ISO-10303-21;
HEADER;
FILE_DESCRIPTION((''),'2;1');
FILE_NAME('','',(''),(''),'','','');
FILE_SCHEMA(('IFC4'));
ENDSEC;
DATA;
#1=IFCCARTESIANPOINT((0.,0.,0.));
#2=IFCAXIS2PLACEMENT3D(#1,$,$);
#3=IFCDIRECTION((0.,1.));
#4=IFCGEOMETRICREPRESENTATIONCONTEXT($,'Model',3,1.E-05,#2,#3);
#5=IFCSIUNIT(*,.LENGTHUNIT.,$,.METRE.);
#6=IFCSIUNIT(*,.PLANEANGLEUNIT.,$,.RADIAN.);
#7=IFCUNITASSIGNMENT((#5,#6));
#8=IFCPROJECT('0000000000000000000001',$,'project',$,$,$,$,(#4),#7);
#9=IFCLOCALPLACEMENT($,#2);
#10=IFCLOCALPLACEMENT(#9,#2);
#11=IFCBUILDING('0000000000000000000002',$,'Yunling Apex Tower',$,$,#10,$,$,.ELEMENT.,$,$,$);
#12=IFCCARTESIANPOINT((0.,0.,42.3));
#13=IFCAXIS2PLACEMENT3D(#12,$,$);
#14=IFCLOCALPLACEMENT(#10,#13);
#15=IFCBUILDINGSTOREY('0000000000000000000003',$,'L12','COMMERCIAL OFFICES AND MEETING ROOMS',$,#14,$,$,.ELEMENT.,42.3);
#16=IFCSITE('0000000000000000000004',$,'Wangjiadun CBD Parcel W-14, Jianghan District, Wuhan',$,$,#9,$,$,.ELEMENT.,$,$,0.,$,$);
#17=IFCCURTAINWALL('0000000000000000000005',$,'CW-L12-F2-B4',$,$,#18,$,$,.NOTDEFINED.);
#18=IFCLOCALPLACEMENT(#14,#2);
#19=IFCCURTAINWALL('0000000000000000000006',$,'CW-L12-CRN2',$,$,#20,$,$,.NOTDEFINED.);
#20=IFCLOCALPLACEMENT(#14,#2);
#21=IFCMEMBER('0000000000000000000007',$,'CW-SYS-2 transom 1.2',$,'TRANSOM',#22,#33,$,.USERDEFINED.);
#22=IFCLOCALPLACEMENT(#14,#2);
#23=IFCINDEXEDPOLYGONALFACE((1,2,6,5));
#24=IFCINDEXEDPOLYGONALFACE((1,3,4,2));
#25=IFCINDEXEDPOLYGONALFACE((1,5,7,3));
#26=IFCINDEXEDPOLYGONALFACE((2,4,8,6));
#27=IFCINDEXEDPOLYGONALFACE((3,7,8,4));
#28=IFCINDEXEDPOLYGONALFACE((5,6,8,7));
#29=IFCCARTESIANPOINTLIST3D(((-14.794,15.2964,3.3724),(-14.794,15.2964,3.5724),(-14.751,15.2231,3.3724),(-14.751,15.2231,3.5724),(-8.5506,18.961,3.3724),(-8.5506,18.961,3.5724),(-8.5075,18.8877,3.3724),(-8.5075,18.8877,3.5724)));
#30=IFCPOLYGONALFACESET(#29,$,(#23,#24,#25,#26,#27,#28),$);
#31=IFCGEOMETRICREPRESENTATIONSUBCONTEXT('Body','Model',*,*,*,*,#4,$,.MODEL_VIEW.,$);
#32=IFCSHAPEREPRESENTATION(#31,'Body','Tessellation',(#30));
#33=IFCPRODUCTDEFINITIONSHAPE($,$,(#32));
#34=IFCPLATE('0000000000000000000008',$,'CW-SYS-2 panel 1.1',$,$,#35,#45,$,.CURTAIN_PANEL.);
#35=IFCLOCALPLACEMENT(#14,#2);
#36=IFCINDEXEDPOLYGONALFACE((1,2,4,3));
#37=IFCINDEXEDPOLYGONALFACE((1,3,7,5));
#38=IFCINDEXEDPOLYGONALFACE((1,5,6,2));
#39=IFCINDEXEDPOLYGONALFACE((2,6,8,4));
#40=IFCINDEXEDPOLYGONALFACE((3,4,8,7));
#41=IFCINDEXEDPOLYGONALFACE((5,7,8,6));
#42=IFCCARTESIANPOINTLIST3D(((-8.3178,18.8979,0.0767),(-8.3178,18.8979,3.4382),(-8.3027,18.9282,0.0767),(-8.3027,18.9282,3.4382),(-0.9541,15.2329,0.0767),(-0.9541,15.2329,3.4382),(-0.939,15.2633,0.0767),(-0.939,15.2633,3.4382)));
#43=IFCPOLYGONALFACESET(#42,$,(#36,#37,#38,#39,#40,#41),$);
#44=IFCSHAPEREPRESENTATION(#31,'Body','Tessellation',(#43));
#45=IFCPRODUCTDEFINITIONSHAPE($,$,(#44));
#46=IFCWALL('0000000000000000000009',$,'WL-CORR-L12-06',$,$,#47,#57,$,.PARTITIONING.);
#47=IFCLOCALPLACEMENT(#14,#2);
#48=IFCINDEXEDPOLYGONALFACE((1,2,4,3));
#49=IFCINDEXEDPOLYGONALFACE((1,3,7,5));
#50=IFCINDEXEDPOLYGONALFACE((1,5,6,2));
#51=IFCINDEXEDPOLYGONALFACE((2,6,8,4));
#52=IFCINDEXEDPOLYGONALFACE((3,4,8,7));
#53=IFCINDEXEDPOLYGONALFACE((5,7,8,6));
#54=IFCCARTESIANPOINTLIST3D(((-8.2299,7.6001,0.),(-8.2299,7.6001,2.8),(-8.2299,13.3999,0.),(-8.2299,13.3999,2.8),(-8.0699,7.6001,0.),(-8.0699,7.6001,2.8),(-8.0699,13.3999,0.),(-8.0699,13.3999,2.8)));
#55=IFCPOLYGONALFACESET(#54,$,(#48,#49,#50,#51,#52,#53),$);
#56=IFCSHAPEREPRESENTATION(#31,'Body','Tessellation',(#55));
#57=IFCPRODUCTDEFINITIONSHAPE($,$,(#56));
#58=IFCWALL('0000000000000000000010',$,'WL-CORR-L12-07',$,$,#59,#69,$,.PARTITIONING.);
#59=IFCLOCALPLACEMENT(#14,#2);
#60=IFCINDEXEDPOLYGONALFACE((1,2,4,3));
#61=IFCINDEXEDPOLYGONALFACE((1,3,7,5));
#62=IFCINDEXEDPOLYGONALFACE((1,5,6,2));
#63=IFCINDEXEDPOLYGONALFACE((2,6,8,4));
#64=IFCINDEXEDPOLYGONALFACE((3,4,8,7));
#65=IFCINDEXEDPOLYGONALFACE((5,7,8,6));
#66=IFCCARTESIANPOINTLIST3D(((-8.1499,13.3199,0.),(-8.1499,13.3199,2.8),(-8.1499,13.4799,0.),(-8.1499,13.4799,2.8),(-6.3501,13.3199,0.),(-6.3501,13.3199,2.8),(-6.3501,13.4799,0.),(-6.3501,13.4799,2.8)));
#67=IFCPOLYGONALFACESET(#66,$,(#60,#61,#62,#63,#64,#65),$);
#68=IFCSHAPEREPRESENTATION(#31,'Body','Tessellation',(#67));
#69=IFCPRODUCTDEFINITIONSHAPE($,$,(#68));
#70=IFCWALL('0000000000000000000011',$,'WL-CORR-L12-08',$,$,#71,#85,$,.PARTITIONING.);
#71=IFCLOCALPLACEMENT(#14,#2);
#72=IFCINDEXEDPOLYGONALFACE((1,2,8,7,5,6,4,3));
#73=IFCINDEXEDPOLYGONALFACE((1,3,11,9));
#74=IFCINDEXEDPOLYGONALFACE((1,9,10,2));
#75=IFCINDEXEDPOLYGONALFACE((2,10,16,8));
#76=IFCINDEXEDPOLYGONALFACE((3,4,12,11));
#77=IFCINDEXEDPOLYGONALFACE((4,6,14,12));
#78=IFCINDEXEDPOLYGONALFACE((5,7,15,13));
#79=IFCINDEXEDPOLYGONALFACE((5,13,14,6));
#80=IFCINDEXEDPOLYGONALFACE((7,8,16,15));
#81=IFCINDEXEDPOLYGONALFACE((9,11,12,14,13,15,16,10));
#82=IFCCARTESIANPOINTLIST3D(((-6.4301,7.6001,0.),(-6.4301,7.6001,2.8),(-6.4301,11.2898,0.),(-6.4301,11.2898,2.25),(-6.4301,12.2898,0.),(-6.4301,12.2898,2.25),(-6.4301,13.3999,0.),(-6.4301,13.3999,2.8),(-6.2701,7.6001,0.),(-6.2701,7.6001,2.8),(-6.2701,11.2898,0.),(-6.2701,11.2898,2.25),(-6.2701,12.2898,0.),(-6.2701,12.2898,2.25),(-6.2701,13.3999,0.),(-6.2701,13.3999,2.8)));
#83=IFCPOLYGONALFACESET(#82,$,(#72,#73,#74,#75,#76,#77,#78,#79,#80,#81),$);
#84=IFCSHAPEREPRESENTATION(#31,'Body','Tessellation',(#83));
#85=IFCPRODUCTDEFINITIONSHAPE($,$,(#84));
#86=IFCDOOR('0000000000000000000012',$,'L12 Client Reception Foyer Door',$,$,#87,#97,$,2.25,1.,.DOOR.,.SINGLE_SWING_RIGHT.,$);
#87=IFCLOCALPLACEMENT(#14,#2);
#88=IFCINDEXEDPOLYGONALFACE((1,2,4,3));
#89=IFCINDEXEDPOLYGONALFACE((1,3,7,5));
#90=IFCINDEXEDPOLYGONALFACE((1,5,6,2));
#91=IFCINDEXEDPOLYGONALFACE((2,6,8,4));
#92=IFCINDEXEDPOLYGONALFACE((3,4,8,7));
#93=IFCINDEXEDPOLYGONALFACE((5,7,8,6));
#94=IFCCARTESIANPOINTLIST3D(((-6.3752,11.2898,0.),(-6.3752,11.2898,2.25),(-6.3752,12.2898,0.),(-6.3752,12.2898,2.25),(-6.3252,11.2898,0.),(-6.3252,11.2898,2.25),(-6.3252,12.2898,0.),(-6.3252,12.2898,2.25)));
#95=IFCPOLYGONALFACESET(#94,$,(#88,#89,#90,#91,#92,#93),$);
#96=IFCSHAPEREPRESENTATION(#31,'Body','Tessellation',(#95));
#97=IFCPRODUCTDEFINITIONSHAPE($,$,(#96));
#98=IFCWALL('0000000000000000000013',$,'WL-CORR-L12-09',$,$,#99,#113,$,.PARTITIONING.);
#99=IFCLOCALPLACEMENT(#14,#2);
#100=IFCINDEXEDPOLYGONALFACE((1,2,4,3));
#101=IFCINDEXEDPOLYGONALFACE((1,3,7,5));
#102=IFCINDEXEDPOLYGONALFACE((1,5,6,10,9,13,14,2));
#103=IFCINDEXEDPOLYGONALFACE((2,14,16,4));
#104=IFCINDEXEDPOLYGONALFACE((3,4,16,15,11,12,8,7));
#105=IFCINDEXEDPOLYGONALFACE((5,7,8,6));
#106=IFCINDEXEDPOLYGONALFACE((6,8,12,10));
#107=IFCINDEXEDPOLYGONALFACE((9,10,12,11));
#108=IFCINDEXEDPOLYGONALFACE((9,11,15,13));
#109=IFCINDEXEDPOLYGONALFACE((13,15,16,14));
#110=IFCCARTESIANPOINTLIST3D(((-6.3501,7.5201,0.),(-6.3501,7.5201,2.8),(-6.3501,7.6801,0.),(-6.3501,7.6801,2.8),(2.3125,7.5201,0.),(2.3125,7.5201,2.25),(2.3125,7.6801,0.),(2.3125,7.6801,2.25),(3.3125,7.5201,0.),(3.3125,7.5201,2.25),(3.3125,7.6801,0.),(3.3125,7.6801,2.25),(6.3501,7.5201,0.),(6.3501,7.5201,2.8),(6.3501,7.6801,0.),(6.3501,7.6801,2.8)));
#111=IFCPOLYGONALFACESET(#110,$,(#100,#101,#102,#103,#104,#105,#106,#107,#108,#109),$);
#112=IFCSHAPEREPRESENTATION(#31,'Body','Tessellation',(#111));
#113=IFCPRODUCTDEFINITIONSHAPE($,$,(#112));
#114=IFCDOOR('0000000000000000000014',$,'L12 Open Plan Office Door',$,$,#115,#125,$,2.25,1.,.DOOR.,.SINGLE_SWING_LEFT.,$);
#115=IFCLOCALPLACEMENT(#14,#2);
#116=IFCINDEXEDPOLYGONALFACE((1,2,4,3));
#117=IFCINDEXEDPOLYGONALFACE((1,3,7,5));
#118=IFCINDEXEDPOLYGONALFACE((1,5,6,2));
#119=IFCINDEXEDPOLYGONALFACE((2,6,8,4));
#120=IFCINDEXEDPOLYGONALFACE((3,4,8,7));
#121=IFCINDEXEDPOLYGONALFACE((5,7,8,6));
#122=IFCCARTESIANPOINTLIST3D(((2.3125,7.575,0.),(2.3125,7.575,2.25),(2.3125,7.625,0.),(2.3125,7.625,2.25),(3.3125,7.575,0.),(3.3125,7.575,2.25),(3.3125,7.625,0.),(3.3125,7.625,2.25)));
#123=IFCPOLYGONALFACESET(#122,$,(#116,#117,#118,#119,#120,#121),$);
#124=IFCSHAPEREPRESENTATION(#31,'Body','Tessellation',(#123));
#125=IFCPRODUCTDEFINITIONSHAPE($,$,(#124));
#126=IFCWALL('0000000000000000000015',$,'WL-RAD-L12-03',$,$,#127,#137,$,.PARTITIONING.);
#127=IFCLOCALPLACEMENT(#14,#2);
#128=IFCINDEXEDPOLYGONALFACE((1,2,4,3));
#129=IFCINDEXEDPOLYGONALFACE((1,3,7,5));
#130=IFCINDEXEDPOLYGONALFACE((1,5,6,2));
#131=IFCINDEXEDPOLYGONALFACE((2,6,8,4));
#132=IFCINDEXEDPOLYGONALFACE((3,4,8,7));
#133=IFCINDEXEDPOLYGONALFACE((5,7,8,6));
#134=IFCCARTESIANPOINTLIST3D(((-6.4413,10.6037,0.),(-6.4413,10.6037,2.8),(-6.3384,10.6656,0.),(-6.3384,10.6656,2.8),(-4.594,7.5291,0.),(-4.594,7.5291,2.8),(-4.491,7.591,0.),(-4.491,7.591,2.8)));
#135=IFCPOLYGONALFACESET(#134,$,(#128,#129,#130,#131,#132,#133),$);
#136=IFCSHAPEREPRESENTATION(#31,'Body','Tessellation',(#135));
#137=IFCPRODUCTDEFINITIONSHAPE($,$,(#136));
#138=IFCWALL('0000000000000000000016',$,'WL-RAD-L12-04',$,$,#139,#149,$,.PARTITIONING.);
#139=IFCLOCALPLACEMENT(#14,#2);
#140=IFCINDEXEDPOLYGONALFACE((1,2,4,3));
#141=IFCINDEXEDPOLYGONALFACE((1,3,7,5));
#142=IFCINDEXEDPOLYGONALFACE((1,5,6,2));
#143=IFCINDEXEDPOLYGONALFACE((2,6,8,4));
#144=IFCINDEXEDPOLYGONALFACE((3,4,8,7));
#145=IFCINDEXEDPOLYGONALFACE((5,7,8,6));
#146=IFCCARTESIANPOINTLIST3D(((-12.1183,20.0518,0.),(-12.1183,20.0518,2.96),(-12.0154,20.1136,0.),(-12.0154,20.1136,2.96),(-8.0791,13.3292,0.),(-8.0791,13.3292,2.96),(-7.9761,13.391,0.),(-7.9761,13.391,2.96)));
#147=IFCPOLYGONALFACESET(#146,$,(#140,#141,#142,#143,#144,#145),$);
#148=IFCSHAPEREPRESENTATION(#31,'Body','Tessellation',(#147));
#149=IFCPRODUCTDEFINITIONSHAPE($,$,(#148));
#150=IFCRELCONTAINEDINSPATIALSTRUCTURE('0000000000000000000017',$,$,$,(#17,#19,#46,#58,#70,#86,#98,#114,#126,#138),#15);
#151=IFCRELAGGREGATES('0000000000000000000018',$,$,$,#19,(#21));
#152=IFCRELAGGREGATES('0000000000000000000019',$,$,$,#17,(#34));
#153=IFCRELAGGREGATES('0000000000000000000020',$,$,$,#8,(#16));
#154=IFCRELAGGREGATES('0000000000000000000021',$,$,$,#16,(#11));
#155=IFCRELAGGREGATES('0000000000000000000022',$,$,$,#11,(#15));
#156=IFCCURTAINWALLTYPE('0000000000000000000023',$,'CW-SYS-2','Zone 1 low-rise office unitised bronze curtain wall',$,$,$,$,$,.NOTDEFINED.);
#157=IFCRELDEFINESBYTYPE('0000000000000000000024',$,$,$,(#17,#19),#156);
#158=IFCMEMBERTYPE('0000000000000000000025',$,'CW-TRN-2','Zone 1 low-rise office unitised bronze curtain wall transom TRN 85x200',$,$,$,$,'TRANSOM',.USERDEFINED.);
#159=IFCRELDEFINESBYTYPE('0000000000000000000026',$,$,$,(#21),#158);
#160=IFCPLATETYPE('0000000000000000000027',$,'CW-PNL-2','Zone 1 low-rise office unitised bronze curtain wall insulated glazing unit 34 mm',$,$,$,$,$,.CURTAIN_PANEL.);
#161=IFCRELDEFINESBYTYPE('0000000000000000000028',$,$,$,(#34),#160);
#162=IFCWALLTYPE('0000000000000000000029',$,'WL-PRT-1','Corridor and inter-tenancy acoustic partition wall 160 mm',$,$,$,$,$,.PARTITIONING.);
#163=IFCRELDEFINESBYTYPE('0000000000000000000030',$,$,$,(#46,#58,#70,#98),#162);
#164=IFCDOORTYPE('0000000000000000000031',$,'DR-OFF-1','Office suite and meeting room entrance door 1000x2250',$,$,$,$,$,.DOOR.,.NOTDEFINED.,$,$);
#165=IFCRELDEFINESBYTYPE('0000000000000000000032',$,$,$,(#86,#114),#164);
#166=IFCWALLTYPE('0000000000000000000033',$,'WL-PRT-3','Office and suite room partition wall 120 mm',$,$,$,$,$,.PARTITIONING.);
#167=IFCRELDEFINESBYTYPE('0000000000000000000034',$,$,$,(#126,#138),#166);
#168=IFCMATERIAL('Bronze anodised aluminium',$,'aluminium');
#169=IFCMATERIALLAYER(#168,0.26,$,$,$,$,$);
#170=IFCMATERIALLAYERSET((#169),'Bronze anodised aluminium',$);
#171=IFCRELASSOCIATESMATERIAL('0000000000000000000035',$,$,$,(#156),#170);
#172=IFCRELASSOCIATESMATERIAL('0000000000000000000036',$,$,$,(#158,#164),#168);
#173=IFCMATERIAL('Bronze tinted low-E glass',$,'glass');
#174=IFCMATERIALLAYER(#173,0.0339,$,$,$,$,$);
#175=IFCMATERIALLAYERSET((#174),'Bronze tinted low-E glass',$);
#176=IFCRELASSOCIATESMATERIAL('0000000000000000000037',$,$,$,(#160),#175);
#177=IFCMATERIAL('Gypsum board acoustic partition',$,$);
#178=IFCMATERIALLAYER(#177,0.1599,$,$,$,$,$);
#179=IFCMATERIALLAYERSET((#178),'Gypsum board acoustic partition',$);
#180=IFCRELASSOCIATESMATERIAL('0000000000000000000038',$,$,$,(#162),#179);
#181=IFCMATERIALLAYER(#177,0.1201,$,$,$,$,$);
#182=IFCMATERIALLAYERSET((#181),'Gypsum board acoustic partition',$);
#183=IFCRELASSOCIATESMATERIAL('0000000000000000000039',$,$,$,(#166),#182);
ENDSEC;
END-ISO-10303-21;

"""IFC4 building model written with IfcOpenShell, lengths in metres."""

from ifc_helpers import new_model, si_unit, direction, frame, frame_2d, origin, origin_2d, place, context, subcontext, project, spatial, rectangle, extrude, source, transform, mapped, material, layer, layer_set, material_profile, profile_set, type_object, element, fill, aggregate, save


model = new_model("IFC4")

# Units and contexts
model_context = context("Model", 3, precision=1e-05, world=origin(), true_north=direction((0.0, 1.0)))
body_context = subcontext(model_context, "Body", "Model", "MODEL_VIEW")
ifc_project = project(units=[si_unit("LENGTHUNIT", "METRE"), si_unit("PLANEANGLEUNIT", "RADIAN")], contexts=[model_context])

# Site, building, storey
site_placement = place(None, origin())
site = spatial("IfcSite", under=ifc_project, at=site_placement, Name="Wangjiadun CBD Parcel W-14, Jianghan District, Wuhan", CompositionType="ELEMENT", RefElevation=0.0)
building_placement = place(site_placement, origin())
building = spatial("IfcBuilding", under=site, at=building_placement, Name="Yunling Apex Tower", CompositionType="ELEMENT")
storey_placement = place(building_placement, frame((0.0, 0.0, 42.3)))
storey = spatial("IfcBuildingStorey", under=building, at=storey_placement, Name="L12", Description="COMMERCIAL OFFICES AND MEETING ROOMS", CompositionType="ELEMENT", Elevation=42.3)

# Curtain wall
ifc_material_1 = material(Name="Bronze anodised aluminium", Category="aluminium")
ifc_layer_1 = layer(ifc_material_1, 0.26)
ifc_layer_set_1 = layer_set([ifc_layer_1], Name="Bronze anodised aluminium")
curtain_wall_type = type_object("IfcCurtainWallType", Name="CW-SYS-2", Description="Zone 1 low-rise office unitised bronze curtain wall", PredefinedType="NOTDEFINED", material=ifc_layer_set_1)
curtain_wall_1_placement = place(storey_placement, origin())
curtain_wall_1 = element("IfcCurtainWall", 1, at=curtain_wall_1_placement, inside=storey, type_object=curtain_wall_type, Name="CW-L12-F2-B4", PredefinedType="NOTDEFINED")

# Curtain wall, member
curtain_wall_2_placement = place(storey_placement, origin())
curtain_wall_2 = element("IfcCurtainWall", 2, at=curtain_wall_2_placement, inside=storey, type_object=curtain_wall_type, Name="CW-L12-CRN2", PredefinedType="NOTDEFINED")
ifc_material_profile_1 = material_profile(ifc_material_1, rectangle(XDim=0.085, YDim=0.2, at=origin_2d()))
ifc_profile_set_1 = profile_set([ifc_material_profile_1], Name="Bronze anodised aluminium")
member_type_1 = type_object("IfcMemberType", Name="CW-TRN-2", Description="Zone 1 low-rise office unitised bronze curtain wall transom TRN 85x200", ElementType="TRANSOM", PredefinedType="USERDEFINED", material=ifc_profile_set_1)
shared_shape_1 = source(origin(), body_context, "Body", "SweptSolid", [
    extrude(rectangle(XDim=0.085, YDim=0.2, at=origin_2d()), origin(), (0.0, 0.0, 1.0), 7.2395),
])
member_1_placement = place(storey_placement, frame((-8.5291, 18.9243, 3.4724), z_axis=(-0.862419, -0.506195, 0.0), x_axis=(0.506195, -0.862419, 0.0)))
member_1 = element("IfcMember", 3, at=member_1_placement, type_object=member_type_1, Name="CW-SYS-2 transom 1.2", ObjectType="TRANSOM", PredefinedType="USERDEFINED", context=body_context, shape_type="MappedRepresentation", body=[
    mapped(shared_shape_1, transform((0.0, 0.0, 0.0), scale=1.0)),
])
aggregate(curtain_wall_2, [member_1])

# Plate
ifc_material_2 = material(Name="Bronze tinted low-E glass", Category="glass")
ifc_layer_2 = layer(ifc_material_2, 0.0339)
ifc_layer_set_2 = layer_set([ifc_layer_2], Name="Bronze tinted low-E glass")
plate_type = type_object("IfcPlateType", Name="CW-PNL-2", Description="Zone 1 low-rise office unitised bronze curtain wall insulated glazing unit 34 mm", PredefinedType="CURTAIN_PANEL", material=ifc_layer_set_2)
shared_shape_2 = source(origin(), body_context, "Body", "SweptSolid", [
    extrude(rectangle(XDim=8.2253, YDim=0.0339, at=origin_2d()), origin(), (0.0, 0.0, 1.0), 3.3616),
])
plate_placement = place(storey_placement, frame((-4.6284, 17.0806, 0.0767), z_axis=(0.0, 0.0, 1.0), x_axis=(-0.895247, 0.445571, 0.0)))
plate = element("IfcPlate", 4, at=plate_placement, type_object=plate_type, Name="CW-SYS-2 panel 1.1", PredefinedType="CURTAIN_PANEL", context=body_context, shape_type="MappedRepresentation", body=[
    mapped(shared_shape_2, transform((0.0, 0.0, 0.0), scale=1.0)),
])
aggregate(curtain_wall_1, [plate])

# Walls
ifc_material_3 = material(Name="Gypsum board acoustic partition")
ifc_layer_3 = layer(ifc_material_3, 0.1599)
ifc_layer_set_3 = layer_set([ifc_layer_3], Name="Gypsum board acoustic partition")
wall_type_1 = type_object("IfcWallType", Name="WL-PRT-1", Description="Corridor and inter-tenancy acoustic partition wall 160 mm", PredefinedType="PARTITIONING", material=ifc_layer_set_3)
wall_1_placement = place(storey_placement, frame((-8.1499, 7.6001, 0.0), z_axis=(0.0, 0.0, 1.0), x_axis=(0.0, 1.0, 0.0)))
element("IfcWall", 5, at=wall_1_placement, inside=storey, type_object=wall_type_1, Name="WL-CORR-L12-06", PredefinedType="PARTITIONING", context=body_context, shape_type="SweptSolid", body=[
    extrude(rectangle(XDim=5.7998, YDim=0.1599, at=frame_2d((2.8999, 0.0))), origin(), (0.0, 0.0, 1.0), 2.8),
])
wall_2_placement = place(storey_placement, frame((-8.1499, 13.3999, 0.0), z_axis=(0.0, 0.0, 1.0), x_axis=(1.0, 0.0, 0.0)))
element("IfcWall", 6, at=wall_2_placement, inside=storey, type_object=wall_type_1, Name="WL-CORR-L12-07", PredefinedType="PARTITIONING", context=body_context, shape_type="SweptSolid", body=[
    extrude(rectangle(XDim=1.7998, YDim=0.1599, at=frame_2d((0.8999, 0.0))), origin(), (0.0, 0.0, 1.0), 2.8),
])

# Walls, openings, doors
wall_3_placement = place(storey_placement, frame((-6.3501, 13.3999, 0.0), z_axis=(0.0, 0.0, 1.0), x_axis=(0.0, -1.0, 0.0)))
wall_3 = element("IfcWall", 7, at=wall_3_placement, inside=storey, type_object=wall_type_1, Name="WL-CORR-L12-08", PredefinedType="PARTITIONING", context=body_context, shape_type="SweptSolid", body=[
    extrude(rectangle(XDim=5.7998, YDim=0.1599, at=frame_2d((2.8999, 0.0))), origin(), (0.0, 0.0, 1.0), 2.8),
])
opening_1_placement = place(wall_3_placement, frame((1.1101, 0.0, 0.0)))
opening_1 = element("IfcOpeningElement", 8, at=opening_1_placement, cuts=wall_3, PredefinedType="OPENING", context=body_context, shape_type="SweptSolid", body=[
    extrude(rectangle(XDim=1.0, YDim=2.25, at=frame_2d((0.5, 1.125))), frame((0.0, 0.0898, 0.0), z_axis=(0.0, -1.0, 0.0), x_axis=(1.0, 0.0, 0.0)), (0.0, 0.0, 1.0), 0.1799),
])
door_type = type_object("IfcDoorType", Name="DR-OFF-1", Description="Office suite and meeting room entrance door 1000x2250", OperationType="NOTDEFINED", PredefinedType="DOOR", material=ifc_material_1)
door_1_placement = place(opening_1_placement, origin())
door_1 = element("IfcDoor", 9, at=door_1_placement, inside=storey, type_object=door_type, Name="L12 Client Reception Foyer Door", OperationType="SINGLE_SWING_RIGHT", OverallHeight=2.25, OverallWidth=1.0, PredefinedType="DOOR", context=body_context, shape_type="SweptSolid", body=[
    extrude(rectangle(XDim=1.0, YDim=2.25, at=frame_2d((0.5, 1.125))), frame((0.0, 0.0249, 0.0), z_axis=(0.0, -1.0, 0.0), x_axis=(1.0, 0.0, 0.0)), (0.0, 0.0, 1.0), 0.05),
])
fill(opening_1, door_1)
wall_4_placement = place(storey_placement, frame((-6.3501, 7.6001, 0.0), z_axis=(0.0, 0.0, 1.0), x_axis=(1.0, 0.0, 0.0)))
wall_4 = element("IfcWall", 10, at=wall_4_placement, inside=storey, type_object=wall_type_1, Name="WL-CORR-L12-09", PredefinedType="PARTITIONING", context=body_context, shape_type="SweptSolid", body=[
    extrude(rectangle(XDim=12.7002, YDim=0.1599, at=frame_2d((6.3501, 0.0))), origin(), (0.0, 0.0, 1.0), 2.8),
])
opening_2_placement = place(wall_4_placement, frame((8.6626, 0.0, 0.0)))
opening_2 = element("IfcOpeningElement", 11, at=opening_2_placement, cuts=wall_4, PredefinedType="OPENING", context=body_context, shape_type="SweptSolid", body=[
    extrude(rectangle(XDim=1.0, YDim=2.25, at=frame_2d((0.5, 1.125))), frame((0.0, 0.0898, 0.0), z_axis=(0.0, -1.0, 0.0), x_axis=(1.0, 0.0, 0.0)), (0.0, 0.0, 1.0), 0.1799),
])
door_2_placement = place(opening_2_placement, origin())
door_2 = element("IfcDoor", 12, at=door_2_placement, inside=storey, type_object=door_type, Name="L12 Open Plan Office Door", OperationType="SINGLE_SWING_LEFT", OverallHeight=2.25, OverallWidth=1.0, PredefinedType="DOOR", context=body_context, shape_type="SweptSolid", body=[
    extrude(rectangle(XDim=1.0, YDim=2.25, at=frame_2d((0.5, 1.125))), frame((0.0, 0.0249, 0.0), z_axis=(0.0, -1.0, 0.0), x_axis=(1.0, 0.0, 0.0)), (0.0, 0.0, 1.0), 0.05),
])
fill(opening_2, door_2)

# Walls
ifc_layer_4 = layer(ifc_material_3, 0.1201)
ifc_layer_set_4 = layer_set([ifc_layer_4], Name="Gypsum board acoustic partition")
wall_type_2 = type_object("IfcWallType", Name="WL-PRT-3", Description="Office and suite room partition wall 120 mm", PredefinedType="PARTITIONING", material=ifc_layer_set_4)
wall_5_placement = place(storey_placement, frame((-4.5425, 7.5601, 0.0), z_axis=(0.0, 0.0, 1.0), x_axis=(-0.515026, 0.857174, 0.0)))
element("IfcWall", 13, at=wall_5_placement, inside=storey, type_object=wall_type_2, Name="WL-RAD-L12-03", PredefinedType="PARTITIONING", context=body_context, shape_type="SweptSolid", body=[
    extrude(rectangle(XDim=3.5869, YDim=0.1201, at=frame_2d((1.7935, 0.0))), origin(), (0.0, 0.0, 1.0), 2.8),
])
wall_6_placement = place(storey_placement, frame((-8.0276, 13.3601, 0.0), z_axis=(0.0, 0.0, 1.0), x_axis=(-0.515031, 0.857171, 0.0)))
element("IfcWall", 14, at=wall_6_placement, inside=storey, type_object=wall_type_2, Name="WL-RAD-L12-04", PredefinedType="PARTITIONING", context=body_context, shape_type="SweptSolid", body=[
    extrude(rectangle(XDim=7.8428, YDim=0.1201, at=frame_2d((3.9214, 0.0))), origin(), (0.0, 0.0, 1.0), 2.96),
])

save(model, "model.ifc")
